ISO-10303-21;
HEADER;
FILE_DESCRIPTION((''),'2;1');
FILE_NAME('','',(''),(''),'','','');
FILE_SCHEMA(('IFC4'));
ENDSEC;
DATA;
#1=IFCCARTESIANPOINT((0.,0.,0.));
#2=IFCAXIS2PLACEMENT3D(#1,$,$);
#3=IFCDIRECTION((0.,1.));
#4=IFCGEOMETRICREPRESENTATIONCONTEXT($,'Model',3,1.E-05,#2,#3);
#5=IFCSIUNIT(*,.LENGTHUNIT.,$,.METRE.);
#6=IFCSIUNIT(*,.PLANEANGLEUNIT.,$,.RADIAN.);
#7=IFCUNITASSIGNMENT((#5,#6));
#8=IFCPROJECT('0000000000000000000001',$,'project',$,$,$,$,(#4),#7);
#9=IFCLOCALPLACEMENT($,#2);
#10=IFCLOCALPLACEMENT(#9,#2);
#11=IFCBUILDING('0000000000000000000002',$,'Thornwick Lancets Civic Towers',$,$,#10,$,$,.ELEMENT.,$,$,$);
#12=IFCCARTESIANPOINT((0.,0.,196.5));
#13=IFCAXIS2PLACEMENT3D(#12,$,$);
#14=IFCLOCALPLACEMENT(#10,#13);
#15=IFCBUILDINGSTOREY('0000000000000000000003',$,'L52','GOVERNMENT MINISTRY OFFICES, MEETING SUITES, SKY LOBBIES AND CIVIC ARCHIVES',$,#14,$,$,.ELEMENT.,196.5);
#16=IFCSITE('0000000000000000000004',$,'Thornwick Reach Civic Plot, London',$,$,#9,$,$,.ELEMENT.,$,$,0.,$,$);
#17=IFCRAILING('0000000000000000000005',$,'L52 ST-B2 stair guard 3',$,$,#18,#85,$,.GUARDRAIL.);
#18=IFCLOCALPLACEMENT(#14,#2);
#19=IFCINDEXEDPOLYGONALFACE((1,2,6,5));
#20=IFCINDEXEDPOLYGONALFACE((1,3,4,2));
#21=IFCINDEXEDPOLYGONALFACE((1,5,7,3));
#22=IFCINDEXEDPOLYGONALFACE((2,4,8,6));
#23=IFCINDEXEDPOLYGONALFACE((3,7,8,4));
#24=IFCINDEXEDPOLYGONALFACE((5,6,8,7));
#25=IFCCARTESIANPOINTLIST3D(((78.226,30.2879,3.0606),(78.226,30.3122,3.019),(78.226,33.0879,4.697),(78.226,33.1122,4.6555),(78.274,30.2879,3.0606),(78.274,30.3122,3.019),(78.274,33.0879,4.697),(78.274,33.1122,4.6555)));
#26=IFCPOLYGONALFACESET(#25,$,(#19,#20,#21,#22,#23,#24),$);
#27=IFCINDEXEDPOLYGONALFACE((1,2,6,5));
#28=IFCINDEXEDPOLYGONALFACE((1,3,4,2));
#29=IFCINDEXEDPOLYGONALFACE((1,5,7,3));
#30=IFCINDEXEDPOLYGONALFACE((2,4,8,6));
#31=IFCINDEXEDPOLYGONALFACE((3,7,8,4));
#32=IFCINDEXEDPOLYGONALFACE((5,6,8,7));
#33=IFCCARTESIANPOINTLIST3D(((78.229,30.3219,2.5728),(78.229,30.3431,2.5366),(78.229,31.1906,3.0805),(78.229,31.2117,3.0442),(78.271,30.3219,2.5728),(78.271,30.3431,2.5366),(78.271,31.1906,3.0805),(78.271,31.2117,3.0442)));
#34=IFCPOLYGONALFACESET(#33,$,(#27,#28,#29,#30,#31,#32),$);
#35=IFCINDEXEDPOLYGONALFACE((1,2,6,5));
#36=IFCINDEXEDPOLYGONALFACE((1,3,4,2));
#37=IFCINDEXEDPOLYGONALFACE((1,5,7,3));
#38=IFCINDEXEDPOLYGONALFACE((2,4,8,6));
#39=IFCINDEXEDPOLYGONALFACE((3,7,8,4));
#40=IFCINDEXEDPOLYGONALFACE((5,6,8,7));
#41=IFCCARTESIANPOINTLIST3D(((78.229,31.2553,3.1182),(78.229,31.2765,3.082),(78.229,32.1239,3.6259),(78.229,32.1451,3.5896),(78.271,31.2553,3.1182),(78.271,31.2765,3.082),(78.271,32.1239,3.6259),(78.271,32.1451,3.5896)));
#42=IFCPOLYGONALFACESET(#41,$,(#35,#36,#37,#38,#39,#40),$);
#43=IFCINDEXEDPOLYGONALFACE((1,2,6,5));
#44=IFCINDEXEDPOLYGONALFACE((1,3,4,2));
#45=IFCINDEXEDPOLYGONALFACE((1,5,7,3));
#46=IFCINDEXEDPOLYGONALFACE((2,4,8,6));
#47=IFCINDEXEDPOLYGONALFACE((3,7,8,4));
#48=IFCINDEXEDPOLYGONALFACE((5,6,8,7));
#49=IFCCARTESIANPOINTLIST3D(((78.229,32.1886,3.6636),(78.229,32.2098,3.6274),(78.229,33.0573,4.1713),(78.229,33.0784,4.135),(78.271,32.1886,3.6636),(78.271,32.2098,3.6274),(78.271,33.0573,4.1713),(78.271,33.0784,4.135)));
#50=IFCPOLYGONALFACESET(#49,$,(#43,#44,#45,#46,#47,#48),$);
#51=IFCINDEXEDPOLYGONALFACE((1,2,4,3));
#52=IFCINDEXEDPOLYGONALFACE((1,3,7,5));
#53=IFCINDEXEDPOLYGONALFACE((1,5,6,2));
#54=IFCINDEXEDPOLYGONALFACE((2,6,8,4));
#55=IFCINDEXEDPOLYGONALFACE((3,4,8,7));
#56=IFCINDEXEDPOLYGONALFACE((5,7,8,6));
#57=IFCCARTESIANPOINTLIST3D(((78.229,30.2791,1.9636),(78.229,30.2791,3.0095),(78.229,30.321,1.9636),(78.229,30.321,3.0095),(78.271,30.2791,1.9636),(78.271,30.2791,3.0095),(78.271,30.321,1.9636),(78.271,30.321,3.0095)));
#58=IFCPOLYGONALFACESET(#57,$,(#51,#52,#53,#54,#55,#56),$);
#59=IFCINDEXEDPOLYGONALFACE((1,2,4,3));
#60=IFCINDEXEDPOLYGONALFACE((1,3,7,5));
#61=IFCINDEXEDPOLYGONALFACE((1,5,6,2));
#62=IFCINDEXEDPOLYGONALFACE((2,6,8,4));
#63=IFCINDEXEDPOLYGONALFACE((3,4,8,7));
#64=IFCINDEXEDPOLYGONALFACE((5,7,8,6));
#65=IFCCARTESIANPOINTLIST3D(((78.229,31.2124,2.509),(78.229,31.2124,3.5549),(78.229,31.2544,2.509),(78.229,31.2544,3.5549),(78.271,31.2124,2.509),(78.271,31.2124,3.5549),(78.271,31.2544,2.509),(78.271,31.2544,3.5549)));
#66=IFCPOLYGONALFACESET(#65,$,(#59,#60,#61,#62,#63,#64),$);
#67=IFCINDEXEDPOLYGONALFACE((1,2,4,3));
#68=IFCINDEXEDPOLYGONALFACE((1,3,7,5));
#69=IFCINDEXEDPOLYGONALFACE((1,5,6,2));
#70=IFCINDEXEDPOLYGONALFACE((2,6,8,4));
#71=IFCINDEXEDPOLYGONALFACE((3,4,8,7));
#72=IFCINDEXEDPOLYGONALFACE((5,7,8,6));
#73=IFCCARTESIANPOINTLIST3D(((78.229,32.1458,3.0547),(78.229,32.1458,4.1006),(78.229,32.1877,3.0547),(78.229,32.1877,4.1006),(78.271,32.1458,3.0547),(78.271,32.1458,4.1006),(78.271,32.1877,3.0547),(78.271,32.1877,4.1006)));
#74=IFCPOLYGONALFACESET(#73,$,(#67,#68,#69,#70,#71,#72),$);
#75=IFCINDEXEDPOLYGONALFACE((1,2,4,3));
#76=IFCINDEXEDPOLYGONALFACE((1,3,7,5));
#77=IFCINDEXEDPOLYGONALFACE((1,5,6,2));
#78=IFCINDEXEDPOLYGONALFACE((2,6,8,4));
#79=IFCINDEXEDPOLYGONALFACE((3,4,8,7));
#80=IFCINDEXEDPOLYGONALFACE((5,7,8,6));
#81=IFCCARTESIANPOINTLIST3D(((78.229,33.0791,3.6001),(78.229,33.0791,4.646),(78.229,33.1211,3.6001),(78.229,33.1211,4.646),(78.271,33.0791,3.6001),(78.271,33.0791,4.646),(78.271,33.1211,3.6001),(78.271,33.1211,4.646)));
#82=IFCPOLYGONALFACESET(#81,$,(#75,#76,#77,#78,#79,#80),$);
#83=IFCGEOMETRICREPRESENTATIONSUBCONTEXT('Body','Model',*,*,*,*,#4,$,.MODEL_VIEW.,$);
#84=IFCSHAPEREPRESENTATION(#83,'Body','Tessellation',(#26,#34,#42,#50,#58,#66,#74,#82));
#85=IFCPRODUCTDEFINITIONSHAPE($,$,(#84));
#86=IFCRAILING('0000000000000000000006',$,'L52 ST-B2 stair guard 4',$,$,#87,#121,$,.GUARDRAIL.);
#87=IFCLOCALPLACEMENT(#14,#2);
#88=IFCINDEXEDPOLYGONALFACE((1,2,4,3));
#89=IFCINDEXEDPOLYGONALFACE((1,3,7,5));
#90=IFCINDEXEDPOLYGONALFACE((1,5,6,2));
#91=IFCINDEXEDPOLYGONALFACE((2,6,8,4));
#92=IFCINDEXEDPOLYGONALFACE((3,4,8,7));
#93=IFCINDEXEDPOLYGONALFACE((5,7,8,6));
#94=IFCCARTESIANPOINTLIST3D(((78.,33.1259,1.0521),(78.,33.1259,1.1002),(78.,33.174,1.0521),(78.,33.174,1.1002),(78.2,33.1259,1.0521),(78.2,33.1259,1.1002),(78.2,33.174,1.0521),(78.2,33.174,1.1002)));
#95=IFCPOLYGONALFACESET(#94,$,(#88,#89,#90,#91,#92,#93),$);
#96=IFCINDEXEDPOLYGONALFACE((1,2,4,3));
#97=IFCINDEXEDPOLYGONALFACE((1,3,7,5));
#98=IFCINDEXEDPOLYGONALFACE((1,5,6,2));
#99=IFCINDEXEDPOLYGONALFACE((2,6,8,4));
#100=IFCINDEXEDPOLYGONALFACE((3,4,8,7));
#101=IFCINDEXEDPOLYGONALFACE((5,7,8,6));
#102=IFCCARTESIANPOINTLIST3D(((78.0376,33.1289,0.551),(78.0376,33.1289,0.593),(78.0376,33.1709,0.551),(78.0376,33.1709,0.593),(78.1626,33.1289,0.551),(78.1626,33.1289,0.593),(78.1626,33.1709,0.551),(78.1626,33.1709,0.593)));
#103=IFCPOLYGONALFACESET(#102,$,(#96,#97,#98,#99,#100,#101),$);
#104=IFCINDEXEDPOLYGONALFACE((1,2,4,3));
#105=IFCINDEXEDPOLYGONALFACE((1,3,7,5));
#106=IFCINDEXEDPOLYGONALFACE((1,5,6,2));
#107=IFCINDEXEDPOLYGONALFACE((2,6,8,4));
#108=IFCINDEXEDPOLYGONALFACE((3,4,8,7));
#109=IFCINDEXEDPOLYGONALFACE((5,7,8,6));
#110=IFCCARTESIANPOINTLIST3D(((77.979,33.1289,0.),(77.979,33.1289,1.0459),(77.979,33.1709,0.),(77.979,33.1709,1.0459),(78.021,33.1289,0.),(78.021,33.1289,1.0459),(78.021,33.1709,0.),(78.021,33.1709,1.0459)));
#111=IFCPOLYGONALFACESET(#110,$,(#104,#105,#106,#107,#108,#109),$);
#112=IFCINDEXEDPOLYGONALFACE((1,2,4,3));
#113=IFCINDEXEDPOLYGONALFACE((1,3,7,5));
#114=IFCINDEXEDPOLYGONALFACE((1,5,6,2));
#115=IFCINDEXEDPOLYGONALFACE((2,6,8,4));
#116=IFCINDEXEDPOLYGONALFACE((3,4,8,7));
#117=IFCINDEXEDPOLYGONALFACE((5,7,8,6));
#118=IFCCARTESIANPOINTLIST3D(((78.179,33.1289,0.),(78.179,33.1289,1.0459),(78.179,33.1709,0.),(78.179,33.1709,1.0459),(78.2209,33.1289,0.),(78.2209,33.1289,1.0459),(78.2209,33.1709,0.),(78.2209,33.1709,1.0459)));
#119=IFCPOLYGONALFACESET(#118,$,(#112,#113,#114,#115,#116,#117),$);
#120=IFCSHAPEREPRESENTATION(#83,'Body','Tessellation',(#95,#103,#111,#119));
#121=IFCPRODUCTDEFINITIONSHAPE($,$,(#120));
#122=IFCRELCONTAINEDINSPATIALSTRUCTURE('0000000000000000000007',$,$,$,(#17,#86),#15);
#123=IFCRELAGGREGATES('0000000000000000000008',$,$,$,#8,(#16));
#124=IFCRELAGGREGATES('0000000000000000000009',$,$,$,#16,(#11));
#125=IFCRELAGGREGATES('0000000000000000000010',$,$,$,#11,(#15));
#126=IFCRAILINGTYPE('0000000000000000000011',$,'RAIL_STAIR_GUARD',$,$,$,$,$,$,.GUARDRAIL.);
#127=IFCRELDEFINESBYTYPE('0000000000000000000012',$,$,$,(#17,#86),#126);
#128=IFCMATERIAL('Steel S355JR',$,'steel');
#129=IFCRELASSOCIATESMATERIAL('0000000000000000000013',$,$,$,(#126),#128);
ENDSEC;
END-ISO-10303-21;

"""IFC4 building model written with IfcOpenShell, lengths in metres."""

from ifc_helpers import new_model, si_unit, direction, frame, origin, origin_2d, place, context, subcontext, project, spatial, rectangle, extrude, material, type_object, element, save


model = new_model("IFC4")

# Units and contexts
model_context = context("Model", 3, precision=1e-05, world=origin(), true_north=direction((0.0, 1.0)))
body_context = subcontext(model_context, "Body", "Model", "MODEL_VIEW")
ifc_project = project(units=[si_unit("LENGTHUNIT", "METRE"), si_unit("PLANEANGLEUNIT", "RADIAN")], contexts=[model_context])

# Site, building, storey
site_placement = place(None, origin())
site = spatial("IfcSite", under=ifc_project, at=site_placement, Name="Thornwick Reach Civic Plot, London", CompositionType="ELEMENT", RefElevation=0.0)
building_placement = place(site_placement, origin())
building = spatial("IfcBuilding", under=site, at=building_placement, Name="Thornwick Lancets Civic Towers", CompositionType="ELEMENT")
storey_placement = place(building_placement, frame((0.0, 0.0, 196.5)))
storey = spatial("IfcBuildingStorey", under=building, at=storey_placement, Name="L52", Description="GOVERNMENT MINISTRY OFFICES, MEETING SUITES, SKY LOBBIES AND CIVIC ARCHIVES", CompositionType="ELEMENT", Elevation=196.5)

# Railings
ifc_material_1 = material(Name="Steel S355JR", Category="steel")
railing_type_1 = type_object("IfcRailingType", Name="RAIL_STAIR_GUARD", PredefinedType="GUARDRAIL", material=ifc_material_1)
railing_1_placement = place(storey_placement, frame((78.25, 30.3, 1.9636)))
element("IfcRailing", 1, at=railing_1_placement, inside=storey, type_object=railing_type_1, Name="L52 ST-B2 stair guard 3", PredefinedType="GUARDRAIL", context=body_context, shape_type="SweptSolid", body=[
    extrude(rectangle(XDim=0.0481, YDim=0.0481, at=origin_2d()), frame((0.0, 0.0, 1.0762), z_axis=(0.0, 0.863361, 0.504587), x_axis=(-1.0, 0.0, 0.0)), (0.0, 0.0, 1.0), 3.2432),
    extrude(rectangle(XDim=0.042, YDim=0.042, at=origin_2d()), frame((0.0, 0.0325, 0.5911), z_axis=(0.0, 0.863361, 0.504587), x_axis=(-1.0, 0.0, 0.0)), (0.0, 0.0, 1.0), 1.0061),
    extrude(rectangle(XDim=0.042, YDim=0.042, at=origin_2d()), frame((0.0, 0.9658, 1.1365), z_axis=(0.0, 0.863361, 0.504587), x_axis=(-1.0, 0.0, 0.0)), (0.0, 0.0, 1.0), 1.0061),
    extrude(rectangle(XDim=0.042, YDim=0.042, at=origin_2d()), frame((0.0, 1.8992, 1.6819), z_axis=(0.0, 0.863361, 0.504587), x_axis=(-1.0, 0.0, 0.0)), (0.0, 0.0, 1.0), 1.0061),
    extrude(rectangle(XDim=0.042, YDim=0.042, at=origin_2d()), origin(), (0.0, 0.0, 1.0), 1.0459),
    extrude(rectangle(XDim=0.042, YDim=0.042, at=origin_2d()), frame((0.0, 0.9333, 0.5454)), (0.0, 0.0, 1.0), 1.0459),
    extrude(rectangle(XDim=0.042, YDim=0.042, at=origin_2d()), frame((0.0, 1.8667, 1.0911)), (0.0, 0.0, 1.0), 1.0459),
    extrude(rectangle(XDim=0.042, YDim=0.042, at=origin_2d()), frame((0.0, 2.8, 1.6365)), (0.0, 0.0, 1.0), 1.0459),
])
railing_2_placement = place(storey_placement, frame((78.0, 33.1499, 0.0)))
element("IfcRailing", 2, at=railing_2_placement, inside=storey, type_object=railing_type_1, Name="L52 ST-B2 stair guard 4", PredefinedType="GUARDRAIL", context=body_context, shape_type="SweptSolid", body=[
    extrude(rectangle(XDim=0.0481, YDim=0.0481, at=origin_2d()), frame((0.0, 0.0, 1.0762), z_axis=(1.0, 0.0, 0.0), x_axis=(0.0, 1.0, 0.0)), (0.0, 0.0, 1.0), 0.2),
    extrude(rectangle(XDim=0.042, YDim=0.042, at=origin_2d()), frame((0.0376, 0.0, 0.572), z_axis=(1.0, 0.0, 0.0), x_axis=(0.0, 1.0, 0.0)), (0.0, 0.0, 1.0), 0.125),
    extrude(rectangle(XDim=0.042, YDim=0.042, at=origin_2d()), origin(), (0.0, 0.0, 1.0), 1.0459),
    extrude(rectangle(XDim=0.042, YDim=0.042, at=origin_2d()), frame((0.2, 0.0, 0.0)), (0.0, 0.0, 1.0), 1.0459),
])

save(model, "model.ifc")
